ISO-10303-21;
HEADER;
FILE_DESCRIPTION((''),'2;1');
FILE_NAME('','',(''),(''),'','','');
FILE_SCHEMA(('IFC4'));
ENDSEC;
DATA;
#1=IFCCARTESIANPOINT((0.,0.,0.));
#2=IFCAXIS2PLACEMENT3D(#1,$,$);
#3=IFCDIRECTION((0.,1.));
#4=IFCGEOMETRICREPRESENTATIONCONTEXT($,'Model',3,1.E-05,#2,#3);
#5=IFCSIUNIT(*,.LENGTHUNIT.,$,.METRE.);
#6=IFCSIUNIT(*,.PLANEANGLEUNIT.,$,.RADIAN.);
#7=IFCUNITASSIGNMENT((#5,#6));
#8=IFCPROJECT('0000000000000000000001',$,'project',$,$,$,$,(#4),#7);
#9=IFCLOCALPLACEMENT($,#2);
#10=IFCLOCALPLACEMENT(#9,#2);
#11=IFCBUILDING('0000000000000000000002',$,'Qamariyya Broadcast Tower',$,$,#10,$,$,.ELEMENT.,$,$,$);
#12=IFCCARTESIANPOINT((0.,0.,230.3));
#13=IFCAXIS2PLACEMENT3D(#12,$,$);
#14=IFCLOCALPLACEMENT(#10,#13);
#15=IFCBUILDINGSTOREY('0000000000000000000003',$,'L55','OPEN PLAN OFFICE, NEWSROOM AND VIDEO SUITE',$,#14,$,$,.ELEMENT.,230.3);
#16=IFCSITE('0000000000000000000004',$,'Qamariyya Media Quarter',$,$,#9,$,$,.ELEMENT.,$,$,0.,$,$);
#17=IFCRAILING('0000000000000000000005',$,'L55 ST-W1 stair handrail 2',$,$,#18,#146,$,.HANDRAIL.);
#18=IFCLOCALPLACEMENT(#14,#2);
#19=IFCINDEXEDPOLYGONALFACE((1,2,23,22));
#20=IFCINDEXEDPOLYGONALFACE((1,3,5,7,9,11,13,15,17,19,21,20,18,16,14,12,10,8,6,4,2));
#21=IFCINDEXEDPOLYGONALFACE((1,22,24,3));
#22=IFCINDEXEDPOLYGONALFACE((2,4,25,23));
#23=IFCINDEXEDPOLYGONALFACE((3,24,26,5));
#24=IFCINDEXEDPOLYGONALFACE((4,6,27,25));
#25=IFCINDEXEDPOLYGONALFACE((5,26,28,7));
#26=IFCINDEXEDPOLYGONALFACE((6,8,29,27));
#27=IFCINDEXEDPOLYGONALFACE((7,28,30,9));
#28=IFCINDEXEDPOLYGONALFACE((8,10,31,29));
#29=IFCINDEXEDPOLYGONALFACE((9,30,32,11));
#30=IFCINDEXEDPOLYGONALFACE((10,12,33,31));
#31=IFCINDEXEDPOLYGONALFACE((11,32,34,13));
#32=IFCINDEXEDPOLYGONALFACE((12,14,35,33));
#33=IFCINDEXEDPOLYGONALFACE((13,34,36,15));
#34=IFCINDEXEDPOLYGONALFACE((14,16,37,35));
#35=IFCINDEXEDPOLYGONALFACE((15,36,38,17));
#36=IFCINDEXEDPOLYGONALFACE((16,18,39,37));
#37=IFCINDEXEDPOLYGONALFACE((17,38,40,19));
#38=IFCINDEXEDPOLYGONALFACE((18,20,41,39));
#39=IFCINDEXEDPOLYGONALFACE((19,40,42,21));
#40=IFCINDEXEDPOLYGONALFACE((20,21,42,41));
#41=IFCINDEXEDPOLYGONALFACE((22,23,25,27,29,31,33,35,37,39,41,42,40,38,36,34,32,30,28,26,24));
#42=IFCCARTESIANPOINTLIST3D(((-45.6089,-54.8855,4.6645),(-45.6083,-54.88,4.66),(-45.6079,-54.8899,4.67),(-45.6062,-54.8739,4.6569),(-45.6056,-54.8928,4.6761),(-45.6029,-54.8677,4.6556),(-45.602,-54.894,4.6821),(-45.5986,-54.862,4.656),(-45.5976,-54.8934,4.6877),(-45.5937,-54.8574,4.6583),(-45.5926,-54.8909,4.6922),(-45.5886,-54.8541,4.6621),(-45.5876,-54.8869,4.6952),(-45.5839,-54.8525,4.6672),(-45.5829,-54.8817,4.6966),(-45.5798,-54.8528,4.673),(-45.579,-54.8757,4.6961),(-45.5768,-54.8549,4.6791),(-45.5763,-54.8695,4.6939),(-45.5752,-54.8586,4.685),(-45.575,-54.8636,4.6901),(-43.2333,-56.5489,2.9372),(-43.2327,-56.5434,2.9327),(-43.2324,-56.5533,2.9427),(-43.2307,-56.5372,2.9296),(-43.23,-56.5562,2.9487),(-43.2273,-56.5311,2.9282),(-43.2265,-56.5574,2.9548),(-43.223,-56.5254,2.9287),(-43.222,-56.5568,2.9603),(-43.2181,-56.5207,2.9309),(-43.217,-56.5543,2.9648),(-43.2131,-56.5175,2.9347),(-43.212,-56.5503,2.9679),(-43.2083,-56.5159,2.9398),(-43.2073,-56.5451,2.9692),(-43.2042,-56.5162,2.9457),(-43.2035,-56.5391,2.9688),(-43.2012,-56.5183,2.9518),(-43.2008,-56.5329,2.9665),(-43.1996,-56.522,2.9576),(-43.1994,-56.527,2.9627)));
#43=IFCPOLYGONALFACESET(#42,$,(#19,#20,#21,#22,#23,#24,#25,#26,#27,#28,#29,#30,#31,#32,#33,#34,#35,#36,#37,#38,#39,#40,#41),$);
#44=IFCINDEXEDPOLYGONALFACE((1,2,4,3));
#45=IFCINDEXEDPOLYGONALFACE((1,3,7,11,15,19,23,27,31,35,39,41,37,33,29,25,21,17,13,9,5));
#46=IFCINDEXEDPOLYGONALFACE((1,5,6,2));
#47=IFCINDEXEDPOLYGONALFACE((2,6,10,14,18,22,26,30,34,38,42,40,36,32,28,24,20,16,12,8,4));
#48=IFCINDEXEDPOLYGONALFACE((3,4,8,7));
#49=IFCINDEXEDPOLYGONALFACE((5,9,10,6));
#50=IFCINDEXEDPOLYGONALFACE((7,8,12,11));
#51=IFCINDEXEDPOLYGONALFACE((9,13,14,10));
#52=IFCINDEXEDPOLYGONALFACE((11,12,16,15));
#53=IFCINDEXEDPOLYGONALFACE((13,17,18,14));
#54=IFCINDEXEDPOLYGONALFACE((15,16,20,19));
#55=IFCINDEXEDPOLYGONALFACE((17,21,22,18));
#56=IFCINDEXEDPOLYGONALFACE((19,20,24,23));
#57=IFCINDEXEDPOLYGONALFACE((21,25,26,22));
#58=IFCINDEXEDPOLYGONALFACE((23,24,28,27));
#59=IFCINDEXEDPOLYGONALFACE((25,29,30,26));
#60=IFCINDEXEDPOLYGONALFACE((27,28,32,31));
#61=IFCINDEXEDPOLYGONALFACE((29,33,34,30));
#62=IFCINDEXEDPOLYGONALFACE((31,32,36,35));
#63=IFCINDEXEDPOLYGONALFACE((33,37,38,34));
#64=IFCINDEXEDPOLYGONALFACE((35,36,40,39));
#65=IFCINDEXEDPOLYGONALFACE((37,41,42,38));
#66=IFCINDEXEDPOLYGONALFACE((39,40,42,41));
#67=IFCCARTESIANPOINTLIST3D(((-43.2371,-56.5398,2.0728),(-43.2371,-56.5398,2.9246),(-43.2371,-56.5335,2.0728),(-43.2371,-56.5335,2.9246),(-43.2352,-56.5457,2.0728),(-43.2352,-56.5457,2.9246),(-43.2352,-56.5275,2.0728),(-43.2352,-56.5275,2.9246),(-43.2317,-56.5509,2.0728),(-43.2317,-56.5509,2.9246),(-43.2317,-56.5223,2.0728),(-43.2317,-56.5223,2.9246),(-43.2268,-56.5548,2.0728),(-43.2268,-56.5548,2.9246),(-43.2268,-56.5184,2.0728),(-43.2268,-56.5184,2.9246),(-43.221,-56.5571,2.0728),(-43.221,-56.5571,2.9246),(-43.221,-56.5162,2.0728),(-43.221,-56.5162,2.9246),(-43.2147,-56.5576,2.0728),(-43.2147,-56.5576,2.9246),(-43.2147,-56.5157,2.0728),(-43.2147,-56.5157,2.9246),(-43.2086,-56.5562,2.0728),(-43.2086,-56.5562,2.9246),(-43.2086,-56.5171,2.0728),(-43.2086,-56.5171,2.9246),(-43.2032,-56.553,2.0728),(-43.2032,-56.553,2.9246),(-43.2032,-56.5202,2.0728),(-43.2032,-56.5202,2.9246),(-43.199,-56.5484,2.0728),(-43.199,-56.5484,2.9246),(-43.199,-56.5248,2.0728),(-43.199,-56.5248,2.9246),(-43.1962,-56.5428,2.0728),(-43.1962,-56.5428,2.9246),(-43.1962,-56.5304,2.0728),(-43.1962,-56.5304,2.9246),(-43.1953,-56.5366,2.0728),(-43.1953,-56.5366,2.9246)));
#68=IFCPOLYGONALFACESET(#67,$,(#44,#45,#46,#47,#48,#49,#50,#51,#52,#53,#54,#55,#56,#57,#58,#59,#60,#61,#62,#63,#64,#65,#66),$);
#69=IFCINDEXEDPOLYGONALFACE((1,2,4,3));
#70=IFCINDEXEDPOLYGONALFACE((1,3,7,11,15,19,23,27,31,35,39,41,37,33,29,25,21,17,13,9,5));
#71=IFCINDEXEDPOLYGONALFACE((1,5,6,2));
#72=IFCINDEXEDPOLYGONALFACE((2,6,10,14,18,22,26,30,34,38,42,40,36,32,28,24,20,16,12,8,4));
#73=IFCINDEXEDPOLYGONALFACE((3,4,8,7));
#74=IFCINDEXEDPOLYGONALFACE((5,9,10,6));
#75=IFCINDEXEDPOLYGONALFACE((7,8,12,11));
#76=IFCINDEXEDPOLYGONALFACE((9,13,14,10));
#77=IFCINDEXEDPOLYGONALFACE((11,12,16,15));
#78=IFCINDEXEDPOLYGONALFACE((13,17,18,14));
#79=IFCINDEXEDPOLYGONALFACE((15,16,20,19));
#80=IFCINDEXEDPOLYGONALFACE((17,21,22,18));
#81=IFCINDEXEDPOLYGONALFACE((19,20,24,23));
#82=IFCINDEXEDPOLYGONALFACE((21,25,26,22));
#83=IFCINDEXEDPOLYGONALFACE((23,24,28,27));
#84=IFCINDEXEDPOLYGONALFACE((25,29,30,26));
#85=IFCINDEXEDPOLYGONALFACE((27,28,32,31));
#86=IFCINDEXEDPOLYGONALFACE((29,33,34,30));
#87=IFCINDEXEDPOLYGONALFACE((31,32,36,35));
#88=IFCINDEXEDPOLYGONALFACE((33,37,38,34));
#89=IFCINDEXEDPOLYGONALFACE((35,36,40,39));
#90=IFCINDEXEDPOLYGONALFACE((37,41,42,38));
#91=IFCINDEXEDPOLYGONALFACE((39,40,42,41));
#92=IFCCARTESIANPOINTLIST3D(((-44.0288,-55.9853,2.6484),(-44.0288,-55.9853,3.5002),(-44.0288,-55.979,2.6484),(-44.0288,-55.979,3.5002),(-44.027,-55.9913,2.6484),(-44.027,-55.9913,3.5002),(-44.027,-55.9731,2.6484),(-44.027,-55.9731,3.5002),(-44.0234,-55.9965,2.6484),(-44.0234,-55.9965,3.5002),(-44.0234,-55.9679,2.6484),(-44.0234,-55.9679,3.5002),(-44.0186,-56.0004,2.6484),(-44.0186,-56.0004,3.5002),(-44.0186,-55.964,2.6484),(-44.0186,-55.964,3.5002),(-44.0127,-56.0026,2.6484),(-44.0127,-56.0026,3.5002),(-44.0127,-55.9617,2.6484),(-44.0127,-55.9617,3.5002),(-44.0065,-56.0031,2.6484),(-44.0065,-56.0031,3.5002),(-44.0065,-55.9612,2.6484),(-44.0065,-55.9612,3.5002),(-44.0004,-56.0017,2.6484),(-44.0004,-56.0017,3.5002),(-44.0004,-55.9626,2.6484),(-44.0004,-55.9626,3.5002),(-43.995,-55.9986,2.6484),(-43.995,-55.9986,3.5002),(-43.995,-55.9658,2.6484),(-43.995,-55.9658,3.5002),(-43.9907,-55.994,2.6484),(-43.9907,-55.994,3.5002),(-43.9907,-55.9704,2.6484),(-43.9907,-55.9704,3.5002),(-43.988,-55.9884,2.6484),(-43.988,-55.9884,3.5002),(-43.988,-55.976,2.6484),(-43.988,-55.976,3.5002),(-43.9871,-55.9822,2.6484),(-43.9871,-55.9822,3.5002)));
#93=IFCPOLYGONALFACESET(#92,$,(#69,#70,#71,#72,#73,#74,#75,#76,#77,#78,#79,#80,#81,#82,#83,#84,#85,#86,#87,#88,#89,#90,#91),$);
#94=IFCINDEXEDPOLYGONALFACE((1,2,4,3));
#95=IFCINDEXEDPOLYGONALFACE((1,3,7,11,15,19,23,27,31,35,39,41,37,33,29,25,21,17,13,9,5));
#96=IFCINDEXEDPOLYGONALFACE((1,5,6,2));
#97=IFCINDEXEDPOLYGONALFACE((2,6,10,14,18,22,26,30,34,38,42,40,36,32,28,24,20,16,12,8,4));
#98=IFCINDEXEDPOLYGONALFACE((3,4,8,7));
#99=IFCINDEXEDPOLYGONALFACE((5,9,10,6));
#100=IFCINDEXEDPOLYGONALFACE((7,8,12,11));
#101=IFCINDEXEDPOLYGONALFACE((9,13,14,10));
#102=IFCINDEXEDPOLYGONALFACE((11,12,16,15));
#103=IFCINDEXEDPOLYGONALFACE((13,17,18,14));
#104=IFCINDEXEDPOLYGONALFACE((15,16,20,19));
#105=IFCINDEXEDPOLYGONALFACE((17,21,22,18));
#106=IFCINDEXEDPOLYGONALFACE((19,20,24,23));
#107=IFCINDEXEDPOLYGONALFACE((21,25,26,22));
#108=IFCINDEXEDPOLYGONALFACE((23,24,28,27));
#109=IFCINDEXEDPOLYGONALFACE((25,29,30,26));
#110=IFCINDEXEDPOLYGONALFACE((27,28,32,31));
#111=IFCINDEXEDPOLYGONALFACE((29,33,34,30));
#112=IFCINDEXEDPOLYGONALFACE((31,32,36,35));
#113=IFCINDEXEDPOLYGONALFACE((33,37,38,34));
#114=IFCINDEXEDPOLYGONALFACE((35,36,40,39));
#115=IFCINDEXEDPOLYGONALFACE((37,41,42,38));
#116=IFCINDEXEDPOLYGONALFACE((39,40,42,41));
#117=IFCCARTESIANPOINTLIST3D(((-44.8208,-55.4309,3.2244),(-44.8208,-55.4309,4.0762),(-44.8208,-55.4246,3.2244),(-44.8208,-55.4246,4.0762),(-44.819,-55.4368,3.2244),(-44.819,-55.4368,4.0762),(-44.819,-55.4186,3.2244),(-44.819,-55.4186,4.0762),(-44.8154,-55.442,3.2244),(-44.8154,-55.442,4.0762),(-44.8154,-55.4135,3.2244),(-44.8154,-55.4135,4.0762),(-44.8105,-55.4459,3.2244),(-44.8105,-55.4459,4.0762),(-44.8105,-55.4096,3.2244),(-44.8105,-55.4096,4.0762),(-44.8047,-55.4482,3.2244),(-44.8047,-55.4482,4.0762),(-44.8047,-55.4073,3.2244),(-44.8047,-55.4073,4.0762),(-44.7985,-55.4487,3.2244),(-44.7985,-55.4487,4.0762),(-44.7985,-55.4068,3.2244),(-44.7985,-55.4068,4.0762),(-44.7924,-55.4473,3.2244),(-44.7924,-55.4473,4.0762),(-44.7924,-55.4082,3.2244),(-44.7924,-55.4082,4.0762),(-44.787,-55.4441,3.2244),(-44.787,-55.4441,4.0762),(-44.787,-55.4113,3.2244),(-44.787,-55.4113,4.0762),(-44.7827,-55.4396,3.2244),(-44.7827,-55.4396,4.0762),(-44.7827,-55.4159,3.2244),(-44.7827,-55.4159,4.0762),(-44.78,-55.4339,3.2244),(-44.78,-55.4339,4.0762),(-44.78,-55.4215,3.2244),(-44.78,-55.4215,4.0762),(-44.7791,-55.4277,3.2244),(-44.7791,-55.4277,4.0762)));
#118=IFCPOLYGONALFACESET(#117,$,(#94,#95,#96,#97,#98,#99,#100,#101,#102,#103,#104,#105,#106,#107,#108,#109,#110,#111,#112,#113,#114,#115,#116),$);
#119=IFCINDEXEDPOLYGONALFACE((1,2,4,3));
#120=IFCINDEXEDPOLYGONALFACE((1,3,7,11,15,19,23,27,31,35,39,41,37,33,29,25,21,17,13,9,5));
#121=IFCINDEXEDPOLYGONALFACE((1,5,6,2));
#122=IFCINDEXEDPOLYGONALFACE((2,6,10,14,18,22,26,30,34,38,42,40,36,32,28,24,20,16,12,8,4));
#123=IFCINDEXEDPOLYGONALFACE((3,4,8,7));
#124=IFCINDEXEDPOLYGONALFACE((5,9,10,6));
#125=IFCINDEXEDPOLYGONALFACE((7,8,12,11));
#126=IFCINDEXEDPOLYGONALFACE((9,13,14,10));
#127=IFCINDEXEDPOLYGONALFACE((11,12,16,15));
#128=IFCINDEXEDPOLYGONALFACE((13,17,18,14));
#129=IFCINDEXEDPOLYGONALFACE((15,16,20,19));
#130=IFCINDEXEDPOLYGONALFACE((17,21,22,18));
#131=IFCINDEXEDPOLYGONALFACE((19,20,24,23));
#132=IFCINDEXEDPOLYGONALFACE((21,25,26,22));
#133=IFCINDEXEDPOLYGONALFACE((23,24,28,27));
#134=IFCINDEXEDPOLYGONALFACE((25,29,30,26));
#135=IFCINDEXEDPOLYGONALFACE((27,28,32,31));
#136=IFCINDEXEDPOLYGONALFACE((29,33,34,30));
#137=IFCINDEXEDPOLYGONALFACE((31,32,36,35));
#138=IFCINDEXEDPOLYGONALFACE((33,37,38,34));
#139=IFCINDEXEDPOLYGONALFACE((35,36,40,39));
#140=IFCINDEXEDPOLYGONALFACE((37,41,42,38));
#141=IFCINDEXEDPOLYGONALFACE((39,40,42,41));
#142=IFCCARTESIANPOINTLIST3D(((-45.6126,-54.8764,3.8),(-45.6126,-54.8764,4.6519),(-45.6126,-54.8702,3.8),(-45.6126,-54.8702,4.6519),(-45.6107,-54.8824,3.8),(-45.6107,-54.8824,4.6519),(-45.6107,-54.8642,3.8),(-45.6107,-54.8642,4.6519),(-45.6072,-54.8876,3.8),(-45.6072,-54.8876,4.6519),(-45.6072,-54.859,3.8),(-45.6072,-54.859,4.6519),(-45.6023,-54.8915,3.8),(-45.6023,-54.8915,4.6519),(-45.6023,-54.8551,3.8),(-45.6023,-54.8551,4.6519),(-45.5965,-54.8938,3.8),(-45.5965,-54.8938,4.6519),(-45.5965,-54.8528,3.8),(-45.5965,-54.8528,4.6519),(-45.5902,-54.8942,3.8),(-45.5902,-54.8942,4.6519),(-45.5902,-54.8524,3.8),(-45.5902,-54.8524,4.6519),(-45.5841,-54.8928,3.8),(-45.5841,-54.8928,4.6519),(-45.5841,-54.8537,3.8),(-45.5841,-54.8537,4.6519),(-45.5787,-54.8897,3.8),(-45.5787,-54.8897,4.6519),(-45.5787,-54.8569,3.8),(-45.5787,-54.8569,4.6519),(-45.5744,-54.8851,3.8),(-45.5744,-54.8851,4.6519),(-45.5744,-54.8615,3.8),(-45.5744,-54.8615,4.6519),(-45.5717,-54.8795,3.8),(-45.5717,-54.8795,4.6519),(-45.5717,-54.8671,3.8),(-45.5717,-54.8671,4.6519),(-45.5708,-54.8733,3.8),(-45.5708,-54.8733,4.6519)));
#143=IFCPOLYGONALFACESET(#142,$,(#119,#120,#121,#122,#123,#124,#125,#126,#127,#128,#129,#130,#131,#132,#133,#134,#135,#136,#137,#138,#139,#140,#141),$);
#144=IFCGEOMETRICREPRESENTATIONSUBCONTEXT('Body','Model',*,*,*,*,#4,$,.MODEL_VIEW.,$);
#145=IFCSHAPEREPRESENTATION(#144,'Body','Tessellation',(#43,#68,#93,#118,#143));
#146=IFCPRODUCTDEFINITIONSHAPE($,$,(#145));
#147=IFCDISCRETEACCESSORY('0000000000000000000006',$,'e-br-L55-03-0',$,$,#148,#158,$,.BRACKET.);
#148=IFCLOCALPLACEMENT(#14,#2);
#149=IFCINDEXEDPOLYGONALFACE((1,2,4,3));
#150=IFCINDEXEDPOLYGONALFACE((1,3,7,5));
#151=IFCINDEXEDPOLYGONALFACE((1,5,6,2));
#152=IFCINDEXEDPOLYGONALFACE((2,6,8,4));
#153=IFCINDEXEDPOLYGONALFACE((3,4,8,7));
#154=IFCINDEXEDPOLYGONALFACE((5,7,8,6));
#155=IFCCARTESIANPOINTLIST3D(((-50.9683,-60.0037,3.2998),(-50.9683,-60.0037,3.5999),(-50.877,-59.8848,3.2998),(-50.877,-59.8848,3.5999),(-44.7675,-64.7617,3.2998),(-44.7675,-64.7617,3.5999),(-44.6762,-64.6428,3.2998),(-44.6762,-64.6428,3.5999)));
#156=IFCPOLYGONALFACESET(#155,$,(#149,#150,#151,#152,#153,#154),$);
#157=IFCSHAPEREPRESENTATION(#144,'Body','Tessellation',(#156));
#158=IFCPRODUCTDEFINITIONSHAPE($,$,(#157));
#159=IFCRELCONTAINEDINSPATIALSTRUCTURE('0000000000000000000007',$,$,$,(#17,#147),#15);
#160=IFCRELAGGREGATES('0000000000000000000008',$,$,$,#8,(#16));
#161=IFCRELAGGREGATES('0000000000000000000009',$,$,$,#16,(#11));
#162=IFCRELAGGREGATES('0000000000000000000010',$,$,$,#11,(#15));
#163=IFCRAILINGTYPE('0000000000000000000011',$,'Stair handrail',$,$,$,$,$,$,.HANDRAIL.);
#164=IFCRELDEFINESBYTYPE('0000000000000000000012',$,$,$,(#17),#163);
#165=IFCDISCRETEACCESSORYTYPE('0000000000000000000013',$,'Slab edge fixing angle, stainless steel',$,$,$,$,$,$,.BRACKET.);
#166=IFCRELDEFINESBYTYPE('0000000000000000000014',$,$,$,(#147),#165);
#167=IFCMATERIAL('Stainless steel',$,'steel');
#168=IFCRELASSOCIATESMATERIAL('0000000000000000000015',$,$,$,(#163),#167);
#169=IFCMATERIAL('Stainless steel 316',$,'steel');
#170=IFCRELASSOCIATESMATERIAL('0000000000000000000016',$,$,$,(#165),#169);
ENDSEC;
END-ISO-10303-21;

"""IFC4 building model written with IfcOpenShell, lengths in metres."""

from ifc_helpers import new_model, si_unit, direction, frame, origin, origin_2d, place, context, subcontext, project, spatial, rectangle, circle, extrude, material, type_object, element, save


model = new_model("IFC4")

# Units and contexts
model_context = context("Model", 3, precision=1e-05, world=origin(), true_north=direction((0.0, 1.0)))
body_context = subcontext(model_context, "Body", "Model", "MODEL_VIEW")
ifc_project = project(units=[si_unit("LENGTHUNIT", "METRE"), si_unit("PLANEANGLEUNIT", "RADIAN")], contexts=[model_context])

# Site, building, storey
site_placement = place(None, origin())
site = spatial("IfcSite", under=ifc_project, at=site_placement, Name="Qamariyya Media Quarter", CompositionType="ELEMENT", RefElevation=0.0)
building_placement = place(site_placement, origin())
building = spatial("IfcBuilding", under=site, at=building_placement, Name="Qamariyya Broadcast Tower", CompositionType="ELEMENT")
storey_placement = place(building_placement, frame((0.0, 0.0, 230.3)))
storey = spatial("IfcBuildingStorey", under=building, at=storey_placement, Name="L55", Description="OPEN PLAN OFFICE, NEWSROOM AND VIDEO SUITE", CompositionType="ELEMENT", Elevation=230.3)

# Railing
ifc_material_1 = material(Name="Stainless steel", Category="steel")
railing_type_1 = type_object("IfcRailingType", Name="Stair handrail", PredefinedType="HANDRAIL", material=ifc_material_1)
railing_1_placement = place(storey_placement, frame((-43.2163, -56.5366, 2.0728)))
element("IfcRailing", 1, at=railing_1_placement, inside=storey, type_object=railing_type_1, Name="L55 ST-W1 stair handrail 2", PredefinedType="HANDRAIL", context=body_context, shape_type="SweptSolid", body=[
    extrude(circle(Radius=0.0239, at=origin_2d()), frame((0.0, 0.0, 0.876), z_axis=(-0.70377, 0.492784, 0.511734), x_axis=(-0.573575, -0.819153, 0.0)), (0.0, 0.0, 1.0), 3.3755),
    extrude(circle(Radius=0.021, at=origin_2d()), origin(), (0.0, 0.0, 1.0), 0.8518),
    extrude(circle(Radius=0.021, at=origin_2d()), frame((-0.7917, 0.5544, 0.5757)), (0.0, 0.0, 1.0), 0.8518),
    extrude(circle(Radius=0.021, at=origin_2d()), frame((-1.5837, 1.1089, 1.1516)), (0.0, 0.0, 1.0), 0.8518),
    extrude(circle(Radius=0.021, at=origin_2d()), frame((-2.3755, 1.6633, 1.7273)), (0.0, 0.0, 1.0), 0.8518),
])

# Discrete accessory
ifc_material_2 = material(Name="Stainless steel 316", Category="steel")
discrete_accessory_type = type_object("IfcDiscreteAccessoryType", Name="Slab edge fixing angle, stainless steel", PredefinedType="BRACKET", material=ifc_material_2)
discrete_accessory_placement = place(storey_placement, frame((-47.8223, -62.3232, 3.2998), z_axis=(0.0, 0.0, 1.0), x_axis=(0.793353, -0.608761, 0.0)))
element("IfcDiscreteAccessory", 2, at=discrete_accessory_placement, inside=storey, type_object=discrete_accessory_type, Name="e-br-L55-03-0", PredefinedType="BRACKET", context=body_context, shape_type="SweptSolid", body=[
    extrude(rectangle(XDim=7.8159, YDim=0.1499, at=origin_2d()), origin(), (0.0, 0.0, 1.0), 0.3),
])

save(model, "model.ifc")
